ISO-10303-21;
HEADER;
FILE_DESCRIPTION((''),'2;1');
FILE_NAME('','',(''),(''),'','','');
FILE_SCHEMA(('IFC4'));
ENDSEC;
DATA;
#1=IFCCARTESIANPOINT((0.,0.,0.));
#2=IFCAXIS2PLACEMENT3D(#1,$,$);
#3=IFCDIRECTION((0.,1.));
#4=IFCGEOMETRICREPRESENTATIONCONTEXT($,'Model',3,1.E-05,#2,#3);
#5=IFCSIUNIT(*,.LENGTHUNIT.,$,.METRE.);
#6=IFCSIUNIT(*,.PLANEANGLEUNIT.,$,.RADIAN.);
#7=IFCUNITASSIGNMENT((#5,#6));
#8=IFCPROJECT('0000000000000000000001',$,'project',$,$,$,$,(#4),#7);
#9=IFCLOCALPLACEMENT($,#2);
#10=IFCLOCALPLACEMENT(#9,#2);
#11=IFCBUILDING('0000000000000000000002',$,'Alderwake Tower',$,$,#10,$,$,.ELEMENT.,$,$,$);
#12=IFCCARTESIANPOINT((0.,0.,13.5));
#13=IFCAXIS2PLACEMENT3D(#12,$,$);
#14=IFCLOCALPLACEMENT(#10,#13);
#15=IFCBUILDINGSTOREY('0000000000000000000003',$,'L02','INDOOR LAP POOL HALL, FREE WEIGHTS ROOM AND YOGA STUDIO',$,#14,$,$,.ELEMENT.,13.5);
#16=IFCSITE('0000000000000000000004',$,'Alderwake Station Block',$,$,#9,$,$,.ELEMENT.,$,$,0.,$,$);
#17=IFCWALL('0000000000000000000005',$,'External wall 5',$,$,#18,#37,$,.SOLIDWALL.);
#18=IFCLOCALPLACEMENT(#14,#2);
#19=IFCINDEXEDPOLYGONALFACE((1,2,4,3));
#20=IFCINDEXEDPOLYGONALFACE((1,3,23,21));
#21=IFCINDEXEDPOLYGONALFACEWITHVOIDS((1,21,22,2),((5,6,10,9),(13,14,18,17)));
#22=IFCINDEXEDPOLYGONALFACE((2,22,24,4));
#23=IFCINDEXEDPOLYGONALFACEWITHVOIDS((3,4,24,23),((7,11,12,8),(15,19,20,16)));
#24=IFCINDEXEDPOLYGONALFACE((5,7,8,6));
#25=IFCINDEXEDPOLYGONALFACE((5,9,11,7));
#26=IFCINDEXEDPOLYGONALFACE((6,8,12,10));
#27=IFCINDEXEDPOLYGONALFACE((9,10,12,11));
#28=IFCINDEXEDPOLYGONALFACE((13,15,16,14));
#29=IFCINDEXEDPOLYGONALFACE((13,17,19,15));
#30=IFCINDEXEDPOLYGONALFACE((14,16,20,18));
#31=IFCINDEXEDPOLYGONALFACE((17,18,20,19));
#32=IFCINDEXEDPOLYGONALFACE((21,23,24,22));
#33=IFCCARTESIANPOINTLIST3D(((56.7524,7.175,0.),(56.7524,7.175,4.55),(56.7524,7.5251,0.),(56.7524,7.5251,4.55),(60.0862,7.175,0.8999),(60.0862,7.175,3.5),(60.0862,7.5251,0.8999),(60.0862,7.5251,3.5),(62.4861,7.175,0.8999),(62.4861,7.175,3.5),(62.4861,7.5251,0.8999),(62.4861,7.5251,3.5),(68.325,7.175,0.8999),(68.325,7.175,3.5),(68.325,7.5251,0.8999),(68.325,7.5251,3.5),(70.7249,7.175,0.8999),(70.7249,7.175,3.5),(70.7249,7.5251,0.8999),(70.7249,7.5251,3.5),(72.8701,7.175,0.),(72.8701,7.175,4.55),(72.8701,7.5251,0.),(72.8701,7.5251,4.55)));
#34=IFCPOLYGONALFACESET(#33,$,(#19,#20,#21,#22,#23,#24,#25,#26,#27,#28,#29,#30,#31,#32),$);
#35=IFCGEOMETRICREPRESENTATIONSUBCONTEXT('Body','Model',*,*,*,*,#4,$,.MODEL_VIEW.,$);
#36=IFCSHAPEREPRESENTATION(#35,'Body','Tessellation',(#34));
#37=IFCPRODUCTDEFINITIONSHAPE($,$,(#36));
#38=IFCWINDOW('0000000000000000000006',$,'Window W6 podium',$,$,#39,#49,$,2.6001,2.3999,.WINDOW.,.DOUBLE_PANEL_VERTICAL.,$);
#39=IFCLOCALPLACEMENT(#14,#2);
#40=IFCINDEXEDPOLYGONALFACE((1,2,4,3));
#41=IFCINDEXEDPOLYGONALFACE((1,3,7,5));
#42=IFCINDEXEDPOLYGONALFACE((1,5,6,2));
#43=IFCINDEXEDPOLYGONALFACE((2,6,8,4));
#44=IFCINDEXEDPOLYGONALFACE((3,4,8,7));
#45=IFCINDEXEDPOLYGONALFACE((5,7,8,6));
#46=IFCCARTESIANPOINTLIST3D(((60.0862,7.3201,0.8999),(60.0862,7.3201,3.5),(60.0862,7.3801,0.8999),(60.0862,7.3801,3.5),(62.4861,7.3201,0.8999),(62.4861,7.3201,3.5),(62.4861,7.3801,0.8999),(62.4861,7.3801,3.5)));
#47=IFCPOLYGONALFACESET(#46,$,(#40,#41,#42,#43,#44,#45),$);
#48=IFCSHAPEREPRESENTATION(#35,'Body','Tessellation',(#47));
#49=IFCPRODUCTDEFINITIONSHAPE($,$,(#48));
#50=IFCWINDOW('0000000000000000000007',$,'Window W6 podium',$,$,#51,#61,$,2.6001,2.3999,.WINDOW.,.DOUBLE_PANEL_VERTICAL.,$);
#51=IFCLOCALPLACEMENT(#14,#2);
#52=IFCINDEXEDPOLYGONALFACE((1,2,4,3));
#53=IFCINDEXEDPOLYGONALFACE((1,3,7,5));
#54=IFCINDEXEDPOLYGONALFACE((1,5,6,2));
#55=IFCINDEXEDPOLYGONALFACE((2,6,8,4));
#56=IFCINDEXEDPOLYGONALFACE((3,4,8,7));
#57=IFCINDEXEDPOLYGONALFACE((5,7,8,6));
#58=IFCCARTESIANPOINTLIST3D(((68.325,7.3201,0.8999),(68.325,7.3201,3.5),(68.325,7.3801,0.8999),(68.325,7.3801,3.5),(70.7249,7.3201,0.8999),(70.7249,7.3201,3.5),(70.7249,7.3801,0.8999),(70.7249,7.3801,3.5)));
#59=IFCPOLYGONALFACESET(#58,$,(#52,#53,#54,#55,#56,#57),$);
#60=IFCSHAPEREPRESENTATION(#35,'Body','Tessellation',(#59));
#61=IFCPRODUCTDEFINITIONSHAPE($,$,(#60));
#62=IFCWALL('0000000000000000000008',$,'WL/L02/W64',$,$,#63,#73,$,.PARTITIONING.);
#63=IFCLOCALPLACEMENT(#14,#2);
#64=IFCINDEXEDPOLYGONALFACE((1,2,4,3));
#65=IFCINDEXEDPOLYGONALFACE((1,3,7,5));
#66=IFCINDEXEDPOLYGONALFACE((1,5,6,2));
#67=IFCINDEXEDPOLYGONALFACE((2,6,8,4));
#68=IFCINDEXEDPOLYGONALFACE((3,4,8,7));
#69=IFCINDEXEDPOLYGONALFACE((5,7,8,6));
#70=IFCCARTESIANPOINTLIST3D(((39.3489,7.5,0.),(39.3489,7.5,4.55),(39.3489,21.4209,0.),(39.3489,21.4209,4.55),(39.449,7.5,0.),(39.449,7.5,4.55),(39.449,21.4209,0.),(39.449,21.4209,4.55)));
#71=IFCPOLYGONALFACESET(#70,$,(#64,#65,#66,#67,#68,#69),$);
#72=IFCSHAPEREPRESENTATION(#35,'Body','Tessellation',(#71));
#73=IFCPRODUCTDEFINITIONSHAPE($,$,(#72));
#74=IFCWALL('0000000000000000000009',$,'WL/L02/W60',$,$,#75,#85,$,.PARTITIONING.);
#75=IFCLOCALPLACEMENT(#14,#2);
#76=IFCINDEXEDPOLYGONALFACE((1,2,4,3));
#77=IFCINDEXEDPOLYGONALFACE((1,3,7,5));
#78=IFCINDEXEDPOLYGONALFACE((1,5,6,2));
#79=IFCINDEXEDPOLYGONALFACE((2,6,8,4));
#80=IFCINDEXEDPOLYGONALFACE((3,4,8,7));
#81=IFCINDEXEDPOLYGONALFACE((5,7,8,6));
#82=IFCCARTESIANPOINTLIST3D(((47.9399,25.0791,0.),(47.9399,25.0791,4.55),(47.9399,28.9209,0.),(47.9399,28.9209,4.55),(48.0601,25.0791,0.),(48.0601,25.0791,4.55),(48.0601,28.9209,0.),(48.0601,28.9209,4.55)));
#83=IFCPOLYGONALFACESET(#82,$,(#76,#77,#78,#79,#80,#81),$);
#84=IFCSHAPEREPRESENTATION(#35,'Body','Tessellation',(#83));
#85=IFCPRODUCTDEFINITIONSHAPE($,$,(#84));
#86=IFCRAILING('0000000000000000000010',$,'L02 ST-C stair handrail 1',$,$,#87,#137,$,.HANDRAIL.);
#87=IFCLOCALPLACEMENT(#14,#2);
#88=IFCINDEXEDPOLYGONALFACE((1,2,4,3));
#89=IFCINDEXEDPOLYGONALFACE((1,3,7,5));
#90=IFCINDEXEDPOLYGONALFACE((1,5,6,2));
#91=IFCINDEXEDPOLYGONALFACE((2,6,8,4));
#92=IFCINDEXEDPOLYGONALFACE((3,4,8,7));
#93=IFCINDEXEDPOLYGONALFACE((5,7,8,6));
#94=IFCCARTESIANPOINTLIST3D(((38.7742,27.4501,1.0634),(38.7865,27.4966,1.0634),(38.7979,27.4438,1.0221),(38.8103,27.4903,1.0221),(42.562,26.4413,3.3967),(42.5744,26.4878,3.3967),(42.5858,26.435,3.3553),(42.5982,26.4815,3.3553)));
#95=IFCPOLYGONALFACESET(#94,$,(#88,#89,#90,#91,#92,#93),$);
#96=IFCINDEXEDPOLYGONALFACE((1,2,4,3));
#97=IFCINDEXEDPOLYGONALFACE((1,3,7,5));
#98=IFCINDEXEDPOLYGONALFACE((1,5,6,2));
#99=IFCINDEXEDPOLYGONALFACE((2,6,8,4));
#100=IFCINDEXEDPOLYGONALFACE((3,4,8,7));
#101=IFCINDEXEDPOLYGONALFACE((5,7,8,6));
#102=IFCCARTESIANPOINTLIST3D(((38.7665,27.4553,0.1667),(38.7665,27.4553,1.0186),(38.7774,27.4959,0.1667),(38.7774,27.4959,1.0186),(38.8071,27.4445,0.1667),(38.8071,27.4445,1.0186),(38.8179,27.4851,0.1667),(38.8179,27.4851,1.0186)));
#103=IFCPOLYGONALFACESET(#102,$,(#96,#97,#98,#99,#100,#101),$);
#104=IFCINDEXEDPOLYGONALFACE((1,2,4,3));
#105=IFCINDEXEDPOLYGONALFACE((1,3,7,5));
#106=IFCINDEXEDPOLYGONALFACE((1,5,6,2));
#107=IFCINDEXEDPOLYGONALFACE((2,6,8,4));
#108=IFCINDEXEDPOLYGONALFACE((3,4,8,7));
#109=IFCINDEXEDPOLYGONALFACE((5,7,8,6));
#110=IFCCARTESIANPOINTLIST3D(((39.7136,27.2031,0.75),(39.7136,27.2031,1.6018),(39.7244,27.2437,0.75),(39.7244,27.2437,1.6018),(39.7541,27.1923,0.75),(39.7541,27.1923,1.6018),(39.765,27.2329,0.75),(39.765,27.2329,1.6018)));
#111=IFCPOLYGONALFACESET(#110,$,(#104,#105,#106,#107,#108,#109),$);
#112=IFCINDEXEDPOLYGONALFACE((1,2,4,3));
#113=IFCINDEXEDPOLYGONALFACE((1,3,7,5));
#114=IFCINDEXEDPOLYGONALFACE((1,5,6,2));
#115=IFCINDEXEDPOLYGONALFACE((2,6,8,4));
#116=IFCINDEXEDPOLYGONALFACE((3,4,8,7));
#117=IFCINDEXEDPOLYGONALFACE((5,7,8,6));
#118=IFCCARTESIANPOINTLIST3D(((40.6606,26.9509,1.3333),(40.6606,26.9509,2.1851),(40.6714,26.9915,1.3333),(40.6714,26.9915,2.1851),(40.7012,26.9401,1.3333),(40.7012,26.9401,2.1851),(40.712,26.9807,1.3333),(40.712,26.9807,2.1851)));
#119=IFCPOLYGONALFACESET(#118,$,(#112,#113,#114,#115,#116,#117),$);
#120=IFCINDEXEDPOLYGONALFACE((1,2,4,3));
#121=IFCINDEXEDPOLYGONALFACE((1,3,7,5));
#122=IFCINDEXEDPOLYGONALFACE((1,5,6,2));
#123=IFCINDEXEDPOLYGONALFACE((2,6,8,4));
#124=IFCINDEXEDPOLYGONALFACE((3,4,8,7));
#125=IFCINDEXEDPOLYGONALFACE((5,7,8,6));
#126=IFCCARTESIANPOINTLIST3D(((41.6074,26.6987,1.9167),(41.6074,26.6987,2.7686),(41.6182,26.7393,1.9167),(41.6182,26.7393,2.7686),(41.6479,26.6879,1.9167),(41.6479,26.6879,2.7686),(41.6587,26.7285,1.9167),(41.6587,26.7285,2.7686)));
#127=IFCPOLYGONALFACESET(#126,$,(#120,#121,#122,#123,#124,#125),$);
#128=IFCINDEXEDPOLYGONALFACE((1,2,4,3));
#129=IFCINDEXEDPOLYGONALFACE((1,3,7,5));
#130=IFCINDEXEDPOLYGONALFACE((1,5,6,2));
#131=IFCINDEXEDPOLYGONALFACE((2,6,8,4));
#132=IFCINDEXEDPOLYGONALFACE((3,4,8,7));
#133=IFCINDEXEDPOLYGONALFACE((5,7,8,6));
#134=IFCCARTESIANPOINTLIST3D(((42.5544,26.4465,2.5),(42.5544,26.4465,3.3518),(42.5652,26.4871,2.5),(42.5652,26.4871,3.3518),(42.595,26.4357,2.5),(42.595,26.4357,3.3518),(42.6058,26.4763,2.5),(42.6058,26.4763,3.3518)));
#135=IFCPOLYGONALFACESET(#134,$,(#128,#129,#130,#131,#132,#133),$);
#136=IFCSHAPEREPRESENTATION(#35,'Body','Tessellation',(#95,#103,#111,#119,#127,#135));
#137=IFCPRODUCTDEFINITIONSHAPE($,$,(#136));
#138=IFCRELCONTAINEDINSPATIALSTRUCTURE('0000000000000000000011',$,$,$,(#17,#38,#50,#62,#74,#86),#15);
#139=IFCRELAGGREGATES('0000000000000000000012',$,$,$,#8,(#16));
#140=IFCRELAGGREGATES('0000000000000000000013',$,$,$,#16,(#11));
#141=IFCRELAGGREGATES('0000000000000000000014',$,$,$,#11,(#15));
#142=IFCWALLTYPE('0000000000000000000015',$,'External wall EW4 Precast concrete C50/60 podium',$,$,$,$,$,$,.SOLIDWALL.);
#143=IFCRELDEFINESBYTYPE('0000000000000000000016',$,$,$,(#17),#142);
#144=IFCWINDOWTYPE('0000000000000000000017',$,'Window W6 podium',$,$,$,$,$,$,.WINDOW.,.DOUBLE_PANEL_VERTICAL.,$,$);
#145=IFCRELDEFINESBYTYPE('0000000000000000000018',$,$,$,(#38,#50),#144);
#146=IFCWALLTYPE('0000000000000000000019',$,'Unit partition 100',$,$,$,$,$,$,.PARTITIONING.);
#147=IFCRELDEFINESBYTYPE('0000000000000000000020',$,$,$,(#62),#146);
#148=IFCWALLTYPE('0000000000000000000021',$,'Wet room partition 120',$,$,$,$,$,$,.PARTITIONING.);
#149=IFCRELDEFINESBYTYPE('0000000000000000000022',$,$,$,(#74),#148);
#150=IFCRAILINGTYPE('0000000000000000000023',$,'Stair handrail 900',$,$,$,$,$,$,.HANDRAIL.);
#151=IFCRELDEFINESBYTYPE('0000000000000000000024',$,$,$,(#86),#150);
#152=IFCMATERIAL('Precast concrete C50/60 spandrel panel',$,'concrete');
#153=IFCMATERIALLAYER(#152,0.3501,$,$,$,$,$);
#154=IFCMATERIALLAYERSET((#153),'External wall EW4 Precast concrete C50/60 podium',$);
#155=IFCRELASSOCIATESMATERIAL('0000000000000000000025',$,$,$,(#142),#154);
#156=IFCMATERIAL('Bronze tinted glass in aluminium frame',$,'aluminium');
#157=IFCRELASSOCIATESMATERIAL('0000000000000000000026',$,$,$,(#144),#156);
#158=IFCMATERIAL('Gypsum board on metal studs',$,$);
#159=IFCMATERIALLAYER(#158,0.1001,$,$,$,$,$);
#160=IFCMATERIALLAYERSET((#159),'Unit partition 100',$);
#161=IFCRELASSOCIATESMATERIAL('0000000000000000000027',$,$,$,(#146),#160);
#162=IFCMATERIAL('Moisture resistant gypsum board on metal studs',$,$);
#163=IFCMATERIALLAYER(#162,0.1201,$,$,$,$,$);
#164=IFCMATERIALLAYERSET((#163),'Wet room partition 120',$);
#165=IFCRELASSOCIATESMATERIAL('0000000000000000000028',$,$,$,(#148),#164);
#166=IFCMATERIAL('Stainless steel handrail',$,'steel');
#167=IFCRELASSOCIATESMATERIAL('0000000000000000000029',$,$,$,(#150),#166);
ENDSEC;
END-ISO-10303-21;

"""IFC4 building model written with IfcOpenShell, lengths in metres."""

from ifc_helpers import new_model, si_unit, direction, frame, frame_2d, origin, origin_2d, place, context, subcontext, project, spatial, rectangle, extrude, material, layer, layer_set, type_object, element, fill, save


model = new_model("IFC4")

# Units and contexts
model_context = context("Model", 3, precision=1e-05, world=origin(), true_north=direction((0.0, 1.0)))
body_context = subcontext(model_context, "Body", "Model", "MODEL_VIEW")
ifc_project = project(units=[si_unit("LENGTHUNIT", "METRE"), si_unit("PLANEANGLEUNIT", "RADIAN")], contexts=[model_context])

# Site, building, storey
site_placement = place(None, origin())
site = spatial("IfcSite", under=ifc_project, at=site_placement, Name="Alderwake Station Block", CompositionType="ELEMENT", RefElevation=0.0)
building_placement = place(site_placement, origin())
building = spatial("IfcBuilding", under=site, at=building_placement, Name="Alderwake Tower", CompositionType="ELEMENT")
storey_placement = place(building_placement, frame((0.0, 0.0, 13.5)))
storey = spatial("IfcBuildingStorey", under=building, at=storey_placement, Name="L02", Description="INDOOR LAP POOL HALL, FREE WEIGHTS ROOM AND YOGA STUDIO", CompositionType="ELEMENT", Elevation=13.5)

# Shared definitions
ifc_material_1 = material(Name="Precast concrete C50/60 spandrel panel", Category="concrete")
ifc_layer_1 = layer(ifc_material_1, 0.3501)
ifc_layer_set_1 = layer_set([ifc_layer_1], Name="External wall EW4 Precast concrete C50/60 podium")
wall_type_1 = type_object("IfcWallType", Name="External wall EW4 Precast concrete C50/60 podium", PredefinedType="SOLIDWALL", material=ifc_layer_set_1)
ifc_material_2 = material(Name="Bronze tinted glass in aluminium frame", Category="aluminium")
window_type = type_object("IfcWindowType", Name="Window W6 podium", PartitioningType="DOUBLE_PANEL_VERTICAL", PredefinedType="WINDOW", material=ifc_material_2)

# Wall, openings, windows
wall_1_placement = place(storey_placement, frame((56.7524, 7.3501, 0.0), z_axis=(0.0, 0.0, 1.0), x_axis=(1.0, 0.0, 0.0)))
wall_1 = element("IfcWall", 1, at=wall_1_placement, inside=storey, type_object=wall_type_1, Name="External wall 5", PredefinedType="SOLIDWALL", context=body_context, shape_type="SweptSolid", body=[
    extrude(rectangle(XDim=16.1177, YDim=0.3501, at=frame_2d((8.0588, 0.0))), origin(), (0.0, 0.0, 1.0), 4.55),
])
opening_1_placement = place(wall_1_placement, frame((3.3337, 0.0, 0.8999)))
opening_1 = element("IfcOpeningElement", 2, at=opening_1_placement, cuts=wall_1, PredefinedType="OPENING", context=body_context, shape_type="SweptSolid", body=[
    extrude(rectangle(XDim=2.3999, YDim=2.6001, at=frame_2d((1.2, 1.3))), frame((0.0, 0.1851, 0.0), z_axis=(0.0, -1.0, 0.0), x_axis=(1.0, 0.0, 0.0)), (0.0, 0.0, 1.0), 0.3701),
])
opening_2_placement = place(wall_1_placement, frame((11.5725, 0.0, 0.8999)))
opening_2 = element("IfcOpeningElement", 3, at=opening_2_placement, cuts=wall_1, PredefinedType="OPENING", context=body_context, shape_type="SweptSolid", body=[
    extrude(rectangle(XDim=2.3999, YDim=2.6001, at=frame_2d((1.2, 1.3))), frame((0.0, 0.1851, 0.0), z_axis=(0.0, -1.0, 0.0), x_axis=(1.0, 0.0, 0.0)), (0.0, 0.0, 1.0), 0.3701),
])
window_1_placement = place(opening_1_placement, origin())
window_1 = element("IfcWindow", 4, at=window_1_placement, inside=storey, type_object=window_type, Name="Window W6 podium", OverallHeight=2.6001, OverallWidth=2.3999, PartitioningType="DOUBLE_PANEL_VERTICAL", PredefinedType="WINDOW", context=body_context, shape_type="SweptSolid", body=[
    extrude(rectangle(XDim=2.3999, YDim=2.6001, at=frame_2d((1.2, 1.3))), frame((0.0, 0.03, 0.0), z_axis=(0.0, -1.0, 0.0), x_axis=(1.0, 0.0, 0.0)), (0.0, 0.0, 1.0), 0.0601),
])
fill(opening_1, window_1)
window_2_placement = place(opening_2_placement, origin())
window_2 = element("IfcWindow", 5, at=window_2_placement, inside=storey, type_object=window_type, Name="Window W6 podium", OverallHeight=2.6001, OverallWidth=2.3999, PartitioningType="DOUBLE_PANEL_VERTICAL", PredefinedType="WINDOW", context=body_context, shape_type="SweptSolid", body=[
    extrude(rectangle(XDim=2.3999, YDim=2.6001, at=frame_2d((1.2, 1.3))), frame((0.0, 0.03, 0.0), z_axis=(0.0, -1.0, 0.0), x_axis=(1.0, 0.0, 0.0)), (0.0, 0.0, 1.0), 0.0601),
])
fill(opening_2, window_2)

# Walls
ifc_material_3 = material(Name="Gypsum board on metal studs")
ifc_layer_2 = layer(ifc_material_3, 0.1001)
ifc_layer_set_2 = layer_set([ifc_layer_2], Name="Unit partition 100")
wall_type_2 = type_object("IfcWallType", Name="Unit partition 100", PredefinedType="PARTITIONING", material=ifc_layer_set_2)
wall_2_placement = place(storey_placement, frame((39.3989, 21.4209, 0.0), z_axis=(0.0, 0.0, 1.0), x_axis=(0.0, -1.0, 0.0)))
element("IfcWall", 6, at=wall_2_placement, inside=storey, type_object=wall_type_2, Name="WL/L02/W64", PredefinedType="PARTITIONING", context=body_context, shape_type="SweptSolid", body=[
    extrude(rectangle(XDim=13.9209, YDim=0.1001, at=frame_2d((6.9604, 0.0))), origin(), (0.0, 0.0, 1.0), 4.55),
])
ifc_material_4 = material(Name="Moisture resistant gypsum board on metal studs")
ifc_layer_3 = layer(ifc_material_4, 0.1201)
ifc_layer_set_3 = layer_set([ifc_layer_3], Name="Wet room partition 120")
wall_type_3 = type_object("IfcWallType", Name="Wet room partition 120", PredefinedType="PARTITIONING", material=ifc_layer_set_3)
wall_3_placement = place(storey_placement, frame((48.0, 25.0791, 0.0), z_axis=(0.0, 0.0, 1.0), x_axis=(0.0, 1.0, 0.0)))
element("IfcWall", 7, at=wall_3_placement, inside=storey, type_object=wall_type_3, Name="WL/L02/W60", PredefinedType="PARTITIONING", context=body_context, shape_type="SweptSolid", body=[
    extrude(rectangle(XDim=3.8418, YDim=0.1201, at=frame_2d((1.9209, 0.0))), origin(), (0.0, 0.0, 1.0), 4.55),
])

# Railing
ifc_material_5 = material(Name="Stainless steel handrail", Category="steel")
railing_type = type_object("IfcRailingType", Name="Stair handrail 900", PredefinedType="HANDRAIL", material=ifc_material_5)
railing_placement = place(storey_placement, frame((38.7922, 27.4702, 0.1667)))
element("IfcRailing", 8, at=railing_placement, inside=storey, type_object=railing_type, Name="L02 ST-C stair handrail 1", PredefinedType="HANDRAIL", context=body_context, shape_type="SweptSolid", body=[
    extrude(rectangle(XDim=0.0481, YDim=0.0481, at=origin_2d()), frame((0.0, 0.0, 0.876), z_axis=(0.83035, -0.221141, 0.511483), x_axis=(0.257353, 0.966318, 0.0)), (0.0, 0.0, 1.0), 4.5618),
    extrude(rectangle(XDim=0.042, YDim=0.042, at=origin_2d()), frame((0.0, 0.0, 0.0), z_axis=(0.0, 0.0, 1.0), x_axis=(0.966318, -0.257353, 0.0)), (0.0, 0.0, 1.0), 0.8518),
    extrude(rectangle(XDim=0.042, YDim=0.042, at=origin_2d()), frame((0.947, -0.2522, 0.5833), z_axis=(0.0, 0.0, 1.0), x_axis=(0.966318, -0.257353, 0.0)), (0.0, 0.0, 1.0), 0.8518),
    extrude(rectangle(XDim=0.042, YDim=0.042, at=origin_2d()), frame((1.894, -0.5044, 1.1665), z_axis=(0.0, 0.0, 1.0), x_axis=(0.966318, -0.257353, 0.0)), (0.0, 0.0, 1.0), 0.8518),
    extrude(rectangle(XDim=0.042, YDim=0.042, at=origin_2d()), frame((2.8408, -0.7566, 1.75), z_axis=(0.0, 0.0, 1.0), x_axis=(0.966318, -0.257353, 0.0)), (0.0, 0.0, 1.0), 0.8518),
    extrude(rectangle(XDim=0.042, YDim=0.042, at=origin_2d()), frame((3.7878, -1.0088, 2.3333), z_axis=(0.0, 0.0, 1.0), x_axis=(0.966318, -0.257353, 0.0)), (0.0, 0.0, 1.0), 0.8518),
])

save(model, "model.ifc")
